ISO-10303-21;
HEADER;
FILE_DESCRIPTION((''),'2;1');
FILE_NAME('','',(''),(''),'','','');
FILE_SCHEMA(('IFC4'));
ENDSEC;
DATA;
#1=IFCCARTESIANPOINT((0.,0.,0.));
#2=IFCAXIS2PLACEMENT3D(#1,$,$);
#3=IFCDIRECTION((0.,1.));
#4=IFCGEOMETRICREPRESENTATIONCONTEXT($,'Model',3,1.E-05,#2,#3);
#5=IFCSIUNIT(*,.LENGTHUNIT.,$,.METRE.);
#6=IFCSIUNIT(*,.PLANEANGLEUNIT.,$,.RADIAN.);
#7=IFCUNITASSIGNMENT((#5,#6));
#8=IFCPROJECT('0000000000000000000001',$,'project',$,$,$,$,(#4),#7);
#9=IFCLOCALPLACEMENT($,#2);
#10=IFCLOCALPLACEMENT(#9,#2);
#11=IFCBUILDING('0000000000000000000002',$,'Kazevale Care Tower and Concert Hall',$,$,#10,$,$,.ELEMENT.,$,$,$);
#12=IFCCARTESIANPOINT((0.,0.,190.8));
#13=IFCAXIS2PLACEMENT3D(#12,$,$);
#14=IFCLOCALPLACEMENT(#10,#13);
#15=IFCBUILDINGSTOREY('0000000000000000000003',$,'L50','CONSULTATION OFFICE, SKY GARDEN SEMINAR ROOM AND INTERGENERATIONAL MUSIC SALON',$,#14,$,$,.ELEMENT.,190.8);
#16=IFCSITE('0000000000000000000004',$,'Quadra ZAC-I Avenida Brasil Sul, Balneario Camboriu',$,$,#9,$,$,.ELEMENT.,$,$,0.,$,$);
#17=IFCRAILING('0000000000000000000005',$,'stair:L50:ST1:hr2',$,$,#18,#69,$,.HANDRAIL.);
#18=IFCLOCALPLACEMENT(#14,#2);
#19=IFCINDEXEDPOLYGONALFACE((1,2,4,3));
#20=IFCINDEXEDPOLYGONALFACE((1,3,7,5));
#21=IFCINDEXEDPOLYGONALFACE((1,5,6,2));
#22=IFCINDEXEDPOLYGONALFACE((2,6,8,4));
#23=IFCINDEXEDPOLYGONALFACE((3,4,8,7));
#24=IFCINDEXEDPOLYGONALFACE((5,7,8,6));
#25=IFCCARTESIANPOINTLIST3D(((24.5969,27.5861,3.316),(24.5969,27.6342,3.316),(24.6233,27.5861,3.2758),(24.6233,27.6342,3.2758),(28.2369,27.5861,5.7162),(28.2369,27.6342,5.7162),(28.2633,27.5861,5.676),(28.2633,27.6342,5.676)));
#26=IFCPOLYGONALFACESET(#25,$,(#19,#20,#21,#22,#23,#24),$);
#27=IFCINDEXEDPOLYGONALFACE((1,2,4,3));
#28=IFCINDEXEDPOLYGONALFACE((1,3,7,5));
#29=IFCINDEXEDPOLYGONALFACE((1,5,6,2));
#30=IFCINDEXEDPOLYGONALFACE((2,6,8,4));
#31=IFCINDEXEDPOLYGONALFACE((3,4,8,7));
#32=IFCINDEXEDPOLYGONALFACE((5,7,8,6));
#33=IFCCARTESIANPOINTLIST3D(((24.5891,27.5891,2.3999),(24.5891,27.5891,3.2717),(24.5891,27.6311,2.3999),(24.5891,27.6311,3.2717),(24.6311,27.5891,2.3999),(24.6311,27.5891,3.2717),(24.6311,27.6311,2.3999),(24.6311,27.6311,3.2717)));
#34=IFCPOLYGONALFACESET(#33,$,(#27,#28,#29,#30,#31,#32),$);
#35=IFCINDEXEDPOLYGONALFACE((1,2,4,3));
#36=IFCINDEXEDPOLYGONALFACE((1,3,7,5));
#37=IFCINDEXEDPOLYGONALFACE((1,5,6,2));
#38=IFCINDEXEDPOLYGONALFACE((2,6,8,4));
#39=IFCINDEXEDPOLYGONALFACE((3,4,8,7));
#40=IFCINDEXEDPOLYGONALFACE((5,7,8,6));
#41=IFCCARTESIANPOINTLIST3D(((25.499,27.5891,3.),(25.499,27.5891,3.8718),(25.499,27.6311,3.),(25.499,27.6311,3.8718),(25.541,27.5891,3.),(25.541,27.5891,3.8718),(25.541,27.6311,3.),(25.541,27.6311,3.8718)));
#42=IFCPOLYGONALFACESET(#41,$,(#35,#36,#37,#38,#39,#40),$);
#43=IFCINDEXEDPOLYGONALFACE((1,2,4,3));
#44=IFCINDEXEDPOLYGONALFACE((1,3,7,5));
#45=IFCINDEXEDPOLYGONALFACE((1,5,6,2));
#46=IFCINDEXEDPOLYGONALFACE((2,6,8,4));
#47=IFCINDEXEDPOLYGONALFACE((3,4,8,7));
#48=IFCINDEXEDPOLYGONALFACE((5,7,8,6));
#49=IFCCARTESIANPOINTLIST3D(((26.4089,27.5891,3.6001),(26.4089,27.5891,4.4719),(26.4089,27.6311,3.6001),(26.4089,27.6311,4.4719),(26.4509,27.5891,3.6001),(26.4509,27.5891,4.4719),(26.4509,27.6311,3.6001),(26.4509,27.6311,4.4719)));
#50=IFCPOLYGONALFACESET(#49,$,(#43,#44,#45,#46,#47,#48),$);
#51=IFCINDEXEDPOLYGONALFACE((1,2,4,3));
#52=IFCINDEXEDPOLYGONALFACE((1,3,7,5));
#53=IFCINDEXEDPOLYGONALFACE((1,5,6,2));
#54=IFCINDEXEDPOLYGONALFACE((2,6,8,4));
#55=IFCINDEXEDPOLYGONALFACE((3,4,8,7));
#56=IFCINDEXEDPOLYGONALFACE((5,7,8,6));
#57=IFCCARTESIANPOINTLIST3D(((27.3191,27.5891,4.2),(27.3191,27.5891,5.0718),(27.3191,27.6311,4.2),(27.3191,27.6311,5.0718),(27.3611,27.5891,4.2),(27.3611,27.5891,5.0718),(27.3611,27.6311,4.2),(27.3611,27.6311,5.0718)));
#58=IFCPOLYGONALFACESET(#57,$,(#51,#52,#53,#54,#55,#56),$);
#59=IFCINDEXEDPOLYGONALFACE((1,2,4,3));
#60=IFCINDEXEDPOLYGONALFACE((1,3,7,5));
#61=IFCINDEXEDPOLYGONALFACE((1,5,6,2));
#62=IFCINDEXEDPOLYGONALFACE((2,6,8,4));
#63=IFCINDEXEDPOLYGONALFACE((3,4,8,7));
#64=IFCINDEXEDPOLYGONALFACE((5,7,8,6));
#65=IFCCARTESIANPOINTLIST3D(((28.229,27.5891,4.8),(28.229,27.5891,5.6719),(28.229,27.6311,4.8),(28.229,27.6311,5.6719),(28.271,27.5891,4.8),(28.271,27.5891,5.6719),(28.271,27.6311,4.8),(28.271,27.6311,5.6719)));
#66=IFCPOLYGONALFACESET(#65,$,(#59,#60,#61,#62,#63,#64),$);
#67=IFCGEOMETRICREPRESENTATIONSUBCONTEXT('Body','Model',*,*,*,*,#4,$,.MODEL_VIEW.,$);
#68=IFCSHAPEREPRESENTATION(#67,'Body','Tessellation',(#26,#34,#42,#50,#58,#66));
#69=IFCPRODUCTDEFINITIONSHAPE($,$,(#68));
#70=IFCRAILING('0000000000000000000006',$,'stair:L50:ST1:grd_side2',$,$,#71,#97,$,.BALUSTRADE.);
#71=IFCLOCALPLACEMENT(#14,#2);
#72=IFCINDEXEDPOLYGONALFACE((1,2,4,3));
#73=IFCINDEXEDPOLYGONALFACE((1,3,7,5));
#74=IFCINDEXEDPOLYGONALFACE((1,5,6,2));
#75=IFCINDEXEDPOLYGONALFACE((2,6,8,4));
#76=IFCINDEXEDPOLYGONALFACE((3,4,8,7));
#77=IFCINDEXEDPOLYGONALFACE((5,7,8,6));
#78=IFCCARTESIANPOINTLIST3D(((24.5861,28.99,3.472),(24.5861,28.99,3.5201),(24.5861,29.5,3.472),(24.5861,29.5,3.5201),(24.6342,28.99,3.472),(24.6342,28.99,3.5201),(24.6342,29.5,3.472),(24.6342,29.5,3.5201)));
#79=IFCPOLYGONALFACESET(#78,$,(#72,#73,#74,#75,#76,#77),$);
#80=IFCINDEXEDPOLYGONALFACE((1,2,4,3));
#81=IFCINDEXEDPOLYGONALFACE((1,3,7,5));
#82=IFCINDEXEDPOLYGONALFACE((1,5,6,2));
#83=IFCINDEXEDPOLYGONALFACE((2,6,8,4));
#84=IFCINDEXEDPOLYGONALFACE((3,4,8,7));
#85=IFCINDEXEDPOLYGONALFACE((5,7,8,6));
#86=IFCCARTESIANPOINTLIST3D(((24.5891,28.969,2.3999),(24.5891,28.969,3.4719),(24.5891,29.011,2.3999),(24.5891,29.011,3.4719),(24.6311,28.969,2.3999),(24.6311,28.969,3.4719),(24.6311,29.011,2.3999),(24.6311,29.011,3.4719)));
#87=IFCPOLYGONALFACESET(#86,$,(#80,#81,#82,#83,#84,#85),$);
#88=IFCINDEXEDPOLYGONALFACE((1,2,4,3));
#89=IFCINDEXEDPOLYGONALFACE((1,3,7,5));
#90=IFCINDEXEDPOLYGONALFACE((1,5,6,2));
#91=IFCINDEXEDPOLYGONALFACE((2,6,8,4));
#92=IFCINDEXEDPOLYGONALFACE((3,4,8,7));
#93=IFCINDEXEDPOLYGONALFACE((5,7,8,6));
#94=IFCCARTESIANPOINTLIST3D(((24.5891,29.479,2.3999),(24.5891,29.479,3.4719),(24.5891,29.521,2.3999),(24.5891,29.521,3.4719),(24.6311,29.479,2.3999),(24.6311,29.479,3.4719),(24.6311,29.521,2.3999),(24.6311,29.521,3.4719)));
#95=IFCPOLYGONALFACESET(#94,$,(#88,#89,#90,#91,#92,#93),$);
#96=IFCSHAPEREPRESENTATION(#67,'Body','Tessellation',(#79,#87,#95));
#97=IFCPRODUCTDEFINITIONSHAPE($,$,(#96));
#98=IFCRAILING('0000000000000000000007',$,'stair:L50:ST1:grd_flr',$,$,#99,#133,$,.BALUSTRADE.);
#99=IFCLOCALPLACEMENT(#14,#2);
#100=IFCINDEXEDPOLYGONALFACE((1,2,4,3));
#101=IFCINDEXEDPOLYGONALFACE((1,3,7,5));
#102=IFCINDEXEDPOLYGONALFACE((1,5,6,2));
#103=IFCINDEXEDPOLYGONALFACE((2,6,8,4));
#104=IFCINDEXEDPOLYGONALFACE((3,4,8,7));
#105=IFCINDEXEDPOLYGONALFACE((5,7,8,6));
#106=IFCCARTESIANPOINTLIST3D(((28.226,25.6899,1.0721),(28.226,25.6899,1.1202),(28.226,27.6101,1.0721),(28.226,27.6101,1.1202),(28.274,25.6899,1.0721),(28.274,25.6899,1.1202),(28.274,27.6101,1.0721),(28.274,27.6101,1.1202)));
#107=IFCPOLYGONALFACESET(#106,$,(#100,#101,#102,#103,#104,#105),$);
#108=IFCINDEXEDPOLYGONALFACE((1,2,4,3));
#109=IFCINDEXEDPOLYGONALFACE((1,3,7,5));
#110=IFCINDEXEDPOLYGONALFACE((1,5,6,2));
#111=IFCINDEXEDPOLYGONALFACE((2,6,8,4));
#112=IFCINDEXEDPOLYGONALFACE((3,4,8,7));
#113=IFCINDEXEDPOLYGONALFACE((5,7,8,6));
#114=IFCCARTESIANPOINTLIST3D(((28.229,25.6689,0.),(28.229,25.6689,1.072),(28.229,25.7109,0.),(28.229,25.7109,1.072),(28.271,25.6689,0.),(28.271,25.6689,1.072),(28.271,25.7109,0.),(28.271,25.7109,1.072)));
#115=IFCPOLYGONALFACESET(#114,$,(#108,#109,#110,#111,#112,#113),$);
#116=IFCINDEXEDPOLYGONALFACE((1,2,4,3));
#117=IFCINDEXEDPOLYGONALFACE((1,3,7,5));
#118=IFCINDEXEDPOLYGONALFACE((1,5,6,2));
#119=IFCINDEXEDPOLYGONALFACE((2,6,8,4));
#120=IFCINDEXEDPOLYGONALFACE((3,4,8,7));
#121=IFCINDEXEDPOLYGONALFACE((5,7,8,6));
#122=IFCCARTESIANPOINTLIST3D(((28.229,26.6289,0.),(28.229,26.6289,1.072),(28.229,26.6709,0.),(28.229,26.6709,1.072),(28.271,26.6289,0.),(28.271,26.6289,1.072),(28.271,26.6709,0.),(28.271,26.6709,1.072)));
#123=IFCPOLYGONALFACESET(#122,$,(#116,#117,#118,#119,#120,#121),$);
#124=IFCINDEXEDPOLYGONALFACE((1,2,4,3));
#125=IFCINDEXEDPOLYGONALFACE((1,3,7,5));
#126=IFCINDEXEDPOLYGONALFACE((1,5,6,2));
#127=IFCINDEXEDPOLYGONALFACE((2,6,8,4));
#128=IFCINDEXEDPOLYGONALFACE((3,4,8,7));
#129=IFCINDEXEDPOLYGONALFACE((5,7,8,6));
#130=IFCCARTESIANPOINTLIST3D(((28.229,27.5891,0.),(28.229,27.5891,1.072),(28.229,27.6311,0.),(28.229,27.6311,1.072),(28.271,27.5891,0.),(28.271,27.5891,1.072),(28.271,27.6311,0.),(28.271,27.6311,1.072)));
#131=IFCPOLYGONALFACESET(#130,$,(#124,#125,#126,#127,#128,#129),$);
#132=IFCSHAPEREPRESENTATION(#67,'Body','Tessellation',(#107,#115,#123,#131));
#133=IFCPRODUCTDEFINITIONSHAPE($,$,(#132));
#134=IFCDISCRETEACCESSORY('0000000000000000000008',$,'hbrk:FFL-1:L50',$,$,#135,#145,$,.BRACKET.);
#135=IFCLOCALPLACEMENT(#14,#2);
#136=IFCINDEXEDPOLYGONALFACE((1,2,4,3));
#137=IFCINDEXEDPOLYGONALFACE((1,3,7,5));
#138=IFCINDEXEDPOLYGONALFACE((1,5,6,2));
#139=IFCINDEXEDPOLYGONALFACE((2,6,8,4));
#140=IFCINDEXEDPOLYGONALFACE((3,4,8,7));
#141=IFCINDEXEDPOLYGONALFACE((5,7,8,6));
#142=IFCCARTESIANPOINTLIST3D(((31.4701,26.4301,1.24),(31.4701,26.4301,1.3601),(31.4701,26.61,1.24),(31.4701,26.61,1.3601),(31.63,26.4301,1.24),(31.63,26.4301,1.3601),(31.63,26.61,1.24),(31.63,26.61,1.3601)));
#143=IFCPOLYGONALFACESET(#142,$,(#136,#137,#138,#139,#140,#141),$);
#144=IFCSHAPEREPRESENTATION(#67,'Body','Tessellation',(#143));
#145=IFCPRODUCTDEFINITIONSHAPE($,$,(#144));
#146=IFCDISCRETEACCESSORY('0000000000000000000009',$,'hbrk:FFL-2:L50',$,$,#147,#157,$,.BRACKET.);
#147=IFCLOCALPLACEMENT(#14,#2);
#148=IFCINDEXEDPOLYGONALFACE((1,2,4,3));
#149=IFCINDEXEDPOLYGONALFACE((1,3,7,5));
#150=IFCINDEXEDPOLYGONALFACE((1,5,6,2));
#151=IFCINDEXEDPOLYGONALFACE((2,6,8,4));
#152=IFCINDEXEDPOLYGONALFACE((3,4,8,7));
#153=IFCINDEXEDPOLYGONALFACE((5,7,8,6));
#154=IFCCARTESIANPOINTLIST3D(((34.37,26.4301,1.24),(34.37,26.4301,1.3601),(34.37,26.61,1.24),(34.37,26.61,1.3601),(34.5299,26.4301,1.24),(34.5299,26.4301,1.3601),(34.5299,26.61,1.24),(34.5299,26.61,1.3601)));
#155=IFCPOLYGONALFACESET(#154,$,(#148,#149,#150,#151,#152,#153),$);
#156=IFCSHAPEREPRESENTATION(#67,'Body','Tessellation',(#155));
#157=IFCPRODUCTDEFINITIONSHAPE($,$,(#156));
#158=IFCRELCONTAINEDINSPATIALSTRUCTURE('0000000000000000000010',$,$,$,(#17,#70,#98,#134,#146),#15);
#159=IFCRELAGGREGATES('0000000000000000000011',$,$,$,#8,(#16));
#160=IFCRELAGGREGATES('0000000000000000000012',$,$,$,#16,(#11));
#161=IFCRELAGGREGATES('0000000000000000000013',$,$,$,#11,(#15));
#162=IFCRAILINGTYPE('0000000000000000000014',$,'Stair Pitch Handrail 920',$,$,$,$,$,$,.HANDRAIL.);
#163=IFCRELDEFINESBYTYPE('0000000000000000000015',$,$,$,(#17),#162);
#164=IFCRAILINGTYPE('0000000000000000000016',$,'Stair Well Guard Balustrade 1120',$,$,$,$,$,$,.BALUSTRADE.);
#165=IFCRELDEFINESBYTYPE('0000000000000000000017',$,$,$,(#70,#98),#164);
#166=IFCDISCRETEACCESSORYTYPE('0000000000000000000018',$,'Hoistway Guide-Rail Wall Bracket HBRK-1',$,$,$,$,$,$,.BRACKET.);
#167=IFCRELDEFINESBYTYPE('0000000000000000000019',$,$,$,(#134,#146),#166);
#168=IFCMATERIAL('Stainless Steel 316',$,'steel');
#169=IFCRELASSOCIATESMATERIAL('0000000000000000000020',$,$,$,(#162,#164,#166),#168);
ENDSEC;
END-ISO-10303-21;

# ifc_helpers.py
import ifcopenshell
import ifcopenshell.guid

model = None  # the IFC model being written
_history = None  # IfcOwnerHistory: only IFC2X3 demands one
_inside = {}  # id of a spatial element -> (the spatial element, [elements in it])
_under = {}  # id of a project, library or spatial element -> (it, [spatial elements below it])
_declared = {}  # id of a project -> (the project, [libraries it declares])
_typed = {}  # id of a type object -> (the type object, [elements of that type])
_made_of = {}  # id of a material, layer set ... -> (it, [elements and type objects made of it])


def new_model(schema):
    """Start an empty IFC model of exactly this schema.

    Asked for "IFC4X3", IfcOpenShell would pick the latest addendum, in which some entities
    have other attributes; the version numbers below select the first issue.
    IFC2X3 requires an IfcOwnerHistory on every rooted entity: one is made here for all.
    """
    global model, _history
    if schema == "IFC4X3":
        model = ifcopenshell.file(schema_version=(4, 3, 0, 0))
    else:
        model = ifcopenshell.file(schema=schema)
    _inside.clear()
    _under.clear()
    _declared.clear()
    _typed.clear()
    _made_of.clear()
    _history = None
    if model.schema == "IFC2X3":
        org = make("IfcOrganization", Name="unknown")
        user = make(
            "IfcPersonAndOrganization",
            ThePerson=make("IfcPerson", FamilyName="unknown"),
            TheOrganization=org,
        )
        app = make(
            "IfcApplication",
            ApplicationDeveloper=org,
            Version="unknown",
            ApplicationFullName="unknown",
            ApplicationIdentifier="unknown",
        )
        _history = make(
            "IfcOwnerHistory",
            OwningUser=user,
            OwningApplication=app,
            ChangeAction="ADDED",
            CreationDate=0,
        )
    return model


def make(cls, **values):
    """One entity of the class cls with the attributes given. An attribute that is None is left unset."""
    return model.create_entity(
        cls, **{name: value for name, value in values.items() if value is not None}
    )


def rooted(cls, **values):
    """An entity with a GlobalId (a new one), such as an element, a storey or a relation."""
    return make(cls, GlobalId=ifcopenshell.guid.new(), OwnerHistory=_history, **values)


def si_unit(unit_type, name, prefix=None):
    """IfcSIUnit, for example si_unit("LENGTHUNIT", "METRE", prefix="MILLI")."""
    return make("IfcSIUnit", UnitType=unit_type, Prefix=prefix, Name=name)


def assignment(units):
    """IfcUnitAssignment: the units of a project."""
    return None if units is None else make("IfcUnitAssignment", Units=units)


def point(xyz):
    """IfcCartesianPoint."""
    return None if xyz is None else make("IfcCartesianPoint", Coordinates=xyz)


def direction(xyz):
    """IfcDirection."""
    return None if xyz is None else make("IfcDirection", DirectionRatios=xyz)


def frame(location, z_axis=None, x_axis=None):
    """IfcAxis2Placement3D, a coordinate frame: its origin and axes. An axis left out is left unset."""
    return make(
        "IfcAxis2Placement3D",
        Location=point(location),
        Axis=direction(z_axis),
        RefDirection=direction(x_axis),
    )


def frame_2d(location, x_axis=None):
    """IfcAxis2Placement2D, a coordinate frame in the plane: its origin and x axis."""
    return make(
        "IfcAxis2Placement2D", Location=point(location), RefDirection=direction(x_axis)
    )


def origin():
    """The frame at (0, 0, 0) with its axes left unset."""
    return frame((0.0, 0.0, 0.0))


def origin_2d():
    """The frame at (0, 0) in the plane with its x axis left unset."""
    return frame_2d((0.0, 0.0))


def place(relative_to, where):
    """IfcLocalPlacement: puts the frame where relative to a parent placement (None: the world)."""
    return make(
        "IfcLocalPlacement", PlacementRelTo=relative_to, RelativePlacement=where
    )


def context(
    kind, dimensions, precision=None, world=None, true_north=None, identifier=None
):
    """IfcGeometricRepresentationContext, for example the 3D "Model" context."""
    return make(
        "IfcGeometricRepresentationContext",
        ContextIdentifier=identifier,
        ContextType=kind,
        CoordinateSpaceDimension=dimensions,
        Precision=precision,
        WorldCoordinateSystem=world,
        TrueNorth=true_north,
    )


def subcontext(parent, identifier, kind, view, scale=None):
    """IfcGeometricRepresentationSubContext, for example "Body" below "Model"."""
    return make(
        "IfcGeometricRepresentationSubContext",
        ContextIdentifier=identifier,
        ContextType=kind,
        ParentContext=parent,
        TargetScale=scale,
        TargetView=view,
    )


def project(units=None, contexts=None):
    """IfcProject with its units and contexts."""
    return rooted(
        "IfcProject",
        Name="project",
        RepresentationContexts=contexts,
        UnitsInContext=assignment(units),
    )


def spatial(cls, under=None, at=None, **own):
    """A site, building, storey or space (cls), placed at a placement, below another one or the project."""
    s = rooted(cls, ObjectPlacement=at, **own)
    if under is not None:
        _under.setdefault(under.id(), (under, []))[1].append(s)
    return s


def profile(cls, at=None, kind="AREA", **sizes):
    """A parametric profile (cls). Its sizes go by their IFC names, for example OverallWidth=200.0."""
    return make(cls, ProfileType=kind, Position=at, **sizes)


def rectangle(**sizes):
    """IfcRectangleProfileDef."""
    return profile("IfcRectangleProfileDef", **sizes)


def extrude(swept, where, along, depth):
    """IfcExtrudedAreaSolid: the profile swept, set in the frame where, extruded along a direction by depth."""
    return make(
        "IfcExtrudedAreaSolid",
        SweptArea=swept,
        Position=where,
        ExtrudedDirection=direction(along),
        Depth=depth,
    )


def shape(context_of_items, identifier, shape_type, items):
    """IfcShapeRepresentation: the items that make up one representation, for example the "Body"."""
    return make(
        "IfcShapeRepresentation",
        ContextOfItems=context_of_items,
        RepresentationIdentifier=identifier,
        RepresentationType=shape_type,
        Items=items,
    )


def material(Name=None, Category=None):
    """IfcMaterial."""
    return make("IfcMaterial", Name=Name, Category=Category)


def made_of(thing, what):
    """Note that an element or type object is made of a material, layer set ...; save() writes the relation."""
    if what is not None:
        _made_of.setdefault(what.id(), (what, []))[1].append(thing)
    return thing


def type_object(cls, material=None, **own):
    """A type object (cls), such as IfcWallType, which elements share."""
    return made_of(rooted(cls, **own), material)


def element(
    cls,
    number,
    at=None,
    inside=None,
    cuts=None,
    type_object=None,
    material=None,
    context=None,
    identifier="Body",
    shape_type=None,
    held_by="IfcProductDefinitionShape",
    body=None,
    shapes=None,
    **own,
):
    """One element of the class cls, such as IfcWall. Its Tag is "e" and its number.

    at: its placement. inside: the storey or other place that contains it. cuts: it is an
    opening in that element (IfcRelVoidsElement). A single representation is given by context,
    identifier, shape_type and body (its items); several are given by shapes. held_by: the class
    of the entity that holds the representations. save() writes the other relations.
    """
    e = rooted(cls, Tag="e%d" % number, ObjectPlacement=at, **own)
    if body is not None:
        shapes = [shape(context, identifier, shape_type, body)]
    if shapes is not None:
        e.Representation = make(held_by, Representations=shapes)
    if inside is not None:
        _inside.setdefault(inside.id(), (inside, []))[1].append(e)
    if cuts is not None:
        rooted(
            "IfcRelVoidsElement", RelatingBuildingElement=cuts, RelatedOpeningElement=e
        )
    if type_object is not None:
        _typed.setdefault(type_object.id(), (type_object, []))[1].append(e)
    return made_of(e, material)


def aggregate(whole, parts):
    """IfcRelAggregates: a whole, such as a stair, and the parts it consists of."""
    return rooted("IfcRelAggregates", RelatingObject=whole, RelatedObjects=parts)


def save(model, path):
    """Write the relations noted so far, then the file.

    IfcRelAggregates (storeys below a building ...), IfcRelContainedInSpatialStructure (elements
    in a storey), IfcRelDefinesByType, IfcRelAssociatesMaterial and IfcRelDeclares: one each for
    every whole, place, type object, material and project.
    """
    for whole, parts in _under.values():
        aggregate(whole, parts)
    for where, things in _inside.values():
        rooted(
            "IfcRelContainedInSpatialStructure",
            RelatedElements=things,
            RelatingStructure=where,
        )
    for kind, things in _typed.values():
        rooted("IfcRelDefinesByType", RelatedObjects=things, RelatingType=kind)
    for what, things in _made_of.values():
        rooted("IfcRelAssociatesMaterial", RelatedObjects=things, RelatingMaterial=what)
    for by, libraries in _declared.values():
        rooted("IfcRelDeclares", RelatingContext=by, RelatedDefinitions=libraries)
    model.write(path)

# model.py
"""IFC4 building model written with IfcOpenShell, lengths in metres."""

from ifc_helpers import new_model, si_unit, direction, frame, origin, origin_2d, place, context, subcontext, project, spatial, rectangle, extrude, material, type_object, element, save


model = new_model("IFC4")

# Units and contexts
model_context = context("Model", 3, precision=1e-05, world=origin(), true_north=direction((0.0, 1.0)))
body_context = subcontext(model_context, "Body", "Model", "MODEL_VIEW")
ifc_project = project(units=[si_unit("LENGTHUNIT", "METRE"), si_unit("PLANEANGLEUNIT", "RADIAN")], contexts=[model_context])

# Site, building, storey
site_placement = place(None, origin())
site = spatial("IfcSite", under=ifc_project, at=site_placement, Name="Quadra ZAC-I Avenida Brasil Sul, Balneario Camboriu", CompositionType="ELEMENT", RefElevation=0.0)
building_placement = place(site_placement, origin())
building = spatial("IfcBuilding", under=site, at=building_placement, Name="Kazevale Care Tower and Concert Hall", CompositionType="ELEMENT")
storey_placement = place(building_placement, frame((0.0, 0.0, 190.8)))
storey = spatial("IfcBuildingStorey", under=building, at=storey_placement, Name="L50", Description="CONSULTATION OFFICE, SKY GARDEN SEMINAR ROOM AND INTERGENERATIONAL MUSIC SALON", CompositionType="ELEMENT", Elevation=190.8)

# Shared definitions
ifc_material_1 = material(Name="Stainless Steel 316", Category="steel")

# Railings
railing_type_1 = type_object("IfcRailingType", Name="Stair Pitch Handrail 920", PredefinedType="HANDRAIL", material=ifc_material_1)
railing_1_placement = place(storey_placement, frame((24.6101, 27.6101, 2.3999)))
element("IfcRailing", 1, at=railing_1_placement, inside=storey, type_object=railing_type_1, Name="stair:L50:ST1:hr2", PredefinedType="HANDRAIL", context=body_context, shape_type="SweptSolid", body=[
    extrude(rectangle(XDim=0.0481, YDim=0.0481, at=origin_2d()), frame((0.0, 0.0, 0.896), z_axis=(0.834839, 0.0, 0.550493), x_axis=(0.0, 1.0, 0.0)), (0.0, 0.0, 1.0), 4.3601),
    extrude(rectangle(XDim=0.042, YDim=0.042, at=origin_2d()), origin(), (0.0, 0.0, 1.0), 0.8718),
    extrude(rectangle(XDim=0.042, YDim=0.042, at=origin_2d()), frame((0.9099, 0.0, 0.6001)), (0.0, 0.0, 1.0), 0.8718),
    extrude(rectangle(XDim=0.042, YDim=0.042, at=origin_2d()), frame((1.8198, 0.0, 1.2002)), (0.0, 0.0, 1.0), 0.8718),
    extrude(rectangle(XDim=0.042, YDim=0.042, at=origin_2d()), frame((2.73, 0.0, 1.8)), (0.0, 0.0, 1.0), 0.8718),
    extrude(rectangle(XDim=0.042, YDim=0.042, at=origin_2d()), frame((3.6399, 0.0, 2.4001)), (0.0, 0.0, 1.0), 0.8718),
])
railing_type_2 = type_object("IfcRailingType", Name="Stair Well Guard Balustrade 1120", PredefinedType="BALUSTRADE", material=ifc_material_1)
railing_2_placement = place(storey_placement, frame((24.6101, 28.99, 2.3999)))
element("IfcRailing", 2, at=railing_2_placement, inside=storey, type_object=railing_type_2, Name="stair:L50:ST1:grd_side2", PredefinedType="BALUSTRADE", context=body_context, shape_type="SweptSolid", body=[
    extrude(rectangle(XDim=0.0481, YDim=0.0481, at=origin_2d()), frame((0.0, 0.0, 1.0962), z_axis=(0.0, 1.0, 0.0), x_axis=(-1.0, 0.0, 0.0)), (0.0, 0.0, 1.0), 0.51),
    extrude(rectangle(XDim=0.042, YDim=0.042, at=origin_2d()), origin(), (0.0, 0.0, 1.0), 1.072),
    extrude(rectangle(XDim=0.042, YDim=0.042, at=origin_2d()), frame((0.0, 0.51, 0.0)), (0.0, 0.0, 1.0), 1.072),
])
railing_3_placement = place(storey_placement, frame((28.25, 25.6899, 0.0)))
element("IfcRailing", 3, at=railing_3_placement, inside=storey, type_object=railing_type_2, Name="stair:L50:ST1:grd_flr", PredefinedType="BALUSTRADE", context=body_context, shape_type="SweptSolid", body=[
    extrude(rectangle(XDim=0.0481, YDim=0.0481, at=origin_2d()), frame((0.0, 0.0, 1.0962), z_axis=(0.0, 1.0, 0.0), x_axis=(-1.0, 0.0, 0.0)), (0.0, 0.0, 1.0), 1.9202),
    extrude(rectangle(XDim=0.042, YDim=0.042, at=origin_2d()), origin(), (0.0, 0.0, 1.0), 1.072),
    extrude(rectangle(XDim=0.042, YDim=0.042, at=origin_2d()), frame((0.0, 0.96, 0.0)), (0.0, 0.0, 1.0), 1.072),
    extrude(rectangle(XDim=0.042, YDim=0.042, at=origin_2d()), frame((0.0, 1.9202, 0.0)), (0.0, 0.0, 1.0), 1.072),
])

# Discrete accessories
discrete_accessory_type = type_object("IfcDiscreteAccessoryType", Name="Hoistway Guide-Rail Wall Bracket HBRK-1", PredefinedType="BRACKET", material=ifc_material_1)
for number, where, z_axis, x_axis, name in (
    (4, (31.55, 26.52, 1.24), (0.0, 0.0, 1.0), (1.0, 0.0, 0.0), "hbrk:FFL-1:L50"),
    (5, (34.45, 26.52, 1.24), (0.0, 0.0, 1.0), (1.0, 0.0, 0.0), "hbrk:FFL-2:L50"),
):
    element("IfcDiscreteAccessory", number, at=place(storey_placement, frame(where, z_axis=z_axis, x_axis=x_axis)), inside=storey, type_object=discrete_accessory_type, Name=name, PredefinedType="BRACKET", context=body_context, shape_type="SweptSolid", body=[
        extrude(rectangle(XDim=0.1599, YDim=0.1799, at=origin_2d()), origin(), (0.0, 0.0, 1.0), 0.1201),
    ])

save(model, "model.ifc")
